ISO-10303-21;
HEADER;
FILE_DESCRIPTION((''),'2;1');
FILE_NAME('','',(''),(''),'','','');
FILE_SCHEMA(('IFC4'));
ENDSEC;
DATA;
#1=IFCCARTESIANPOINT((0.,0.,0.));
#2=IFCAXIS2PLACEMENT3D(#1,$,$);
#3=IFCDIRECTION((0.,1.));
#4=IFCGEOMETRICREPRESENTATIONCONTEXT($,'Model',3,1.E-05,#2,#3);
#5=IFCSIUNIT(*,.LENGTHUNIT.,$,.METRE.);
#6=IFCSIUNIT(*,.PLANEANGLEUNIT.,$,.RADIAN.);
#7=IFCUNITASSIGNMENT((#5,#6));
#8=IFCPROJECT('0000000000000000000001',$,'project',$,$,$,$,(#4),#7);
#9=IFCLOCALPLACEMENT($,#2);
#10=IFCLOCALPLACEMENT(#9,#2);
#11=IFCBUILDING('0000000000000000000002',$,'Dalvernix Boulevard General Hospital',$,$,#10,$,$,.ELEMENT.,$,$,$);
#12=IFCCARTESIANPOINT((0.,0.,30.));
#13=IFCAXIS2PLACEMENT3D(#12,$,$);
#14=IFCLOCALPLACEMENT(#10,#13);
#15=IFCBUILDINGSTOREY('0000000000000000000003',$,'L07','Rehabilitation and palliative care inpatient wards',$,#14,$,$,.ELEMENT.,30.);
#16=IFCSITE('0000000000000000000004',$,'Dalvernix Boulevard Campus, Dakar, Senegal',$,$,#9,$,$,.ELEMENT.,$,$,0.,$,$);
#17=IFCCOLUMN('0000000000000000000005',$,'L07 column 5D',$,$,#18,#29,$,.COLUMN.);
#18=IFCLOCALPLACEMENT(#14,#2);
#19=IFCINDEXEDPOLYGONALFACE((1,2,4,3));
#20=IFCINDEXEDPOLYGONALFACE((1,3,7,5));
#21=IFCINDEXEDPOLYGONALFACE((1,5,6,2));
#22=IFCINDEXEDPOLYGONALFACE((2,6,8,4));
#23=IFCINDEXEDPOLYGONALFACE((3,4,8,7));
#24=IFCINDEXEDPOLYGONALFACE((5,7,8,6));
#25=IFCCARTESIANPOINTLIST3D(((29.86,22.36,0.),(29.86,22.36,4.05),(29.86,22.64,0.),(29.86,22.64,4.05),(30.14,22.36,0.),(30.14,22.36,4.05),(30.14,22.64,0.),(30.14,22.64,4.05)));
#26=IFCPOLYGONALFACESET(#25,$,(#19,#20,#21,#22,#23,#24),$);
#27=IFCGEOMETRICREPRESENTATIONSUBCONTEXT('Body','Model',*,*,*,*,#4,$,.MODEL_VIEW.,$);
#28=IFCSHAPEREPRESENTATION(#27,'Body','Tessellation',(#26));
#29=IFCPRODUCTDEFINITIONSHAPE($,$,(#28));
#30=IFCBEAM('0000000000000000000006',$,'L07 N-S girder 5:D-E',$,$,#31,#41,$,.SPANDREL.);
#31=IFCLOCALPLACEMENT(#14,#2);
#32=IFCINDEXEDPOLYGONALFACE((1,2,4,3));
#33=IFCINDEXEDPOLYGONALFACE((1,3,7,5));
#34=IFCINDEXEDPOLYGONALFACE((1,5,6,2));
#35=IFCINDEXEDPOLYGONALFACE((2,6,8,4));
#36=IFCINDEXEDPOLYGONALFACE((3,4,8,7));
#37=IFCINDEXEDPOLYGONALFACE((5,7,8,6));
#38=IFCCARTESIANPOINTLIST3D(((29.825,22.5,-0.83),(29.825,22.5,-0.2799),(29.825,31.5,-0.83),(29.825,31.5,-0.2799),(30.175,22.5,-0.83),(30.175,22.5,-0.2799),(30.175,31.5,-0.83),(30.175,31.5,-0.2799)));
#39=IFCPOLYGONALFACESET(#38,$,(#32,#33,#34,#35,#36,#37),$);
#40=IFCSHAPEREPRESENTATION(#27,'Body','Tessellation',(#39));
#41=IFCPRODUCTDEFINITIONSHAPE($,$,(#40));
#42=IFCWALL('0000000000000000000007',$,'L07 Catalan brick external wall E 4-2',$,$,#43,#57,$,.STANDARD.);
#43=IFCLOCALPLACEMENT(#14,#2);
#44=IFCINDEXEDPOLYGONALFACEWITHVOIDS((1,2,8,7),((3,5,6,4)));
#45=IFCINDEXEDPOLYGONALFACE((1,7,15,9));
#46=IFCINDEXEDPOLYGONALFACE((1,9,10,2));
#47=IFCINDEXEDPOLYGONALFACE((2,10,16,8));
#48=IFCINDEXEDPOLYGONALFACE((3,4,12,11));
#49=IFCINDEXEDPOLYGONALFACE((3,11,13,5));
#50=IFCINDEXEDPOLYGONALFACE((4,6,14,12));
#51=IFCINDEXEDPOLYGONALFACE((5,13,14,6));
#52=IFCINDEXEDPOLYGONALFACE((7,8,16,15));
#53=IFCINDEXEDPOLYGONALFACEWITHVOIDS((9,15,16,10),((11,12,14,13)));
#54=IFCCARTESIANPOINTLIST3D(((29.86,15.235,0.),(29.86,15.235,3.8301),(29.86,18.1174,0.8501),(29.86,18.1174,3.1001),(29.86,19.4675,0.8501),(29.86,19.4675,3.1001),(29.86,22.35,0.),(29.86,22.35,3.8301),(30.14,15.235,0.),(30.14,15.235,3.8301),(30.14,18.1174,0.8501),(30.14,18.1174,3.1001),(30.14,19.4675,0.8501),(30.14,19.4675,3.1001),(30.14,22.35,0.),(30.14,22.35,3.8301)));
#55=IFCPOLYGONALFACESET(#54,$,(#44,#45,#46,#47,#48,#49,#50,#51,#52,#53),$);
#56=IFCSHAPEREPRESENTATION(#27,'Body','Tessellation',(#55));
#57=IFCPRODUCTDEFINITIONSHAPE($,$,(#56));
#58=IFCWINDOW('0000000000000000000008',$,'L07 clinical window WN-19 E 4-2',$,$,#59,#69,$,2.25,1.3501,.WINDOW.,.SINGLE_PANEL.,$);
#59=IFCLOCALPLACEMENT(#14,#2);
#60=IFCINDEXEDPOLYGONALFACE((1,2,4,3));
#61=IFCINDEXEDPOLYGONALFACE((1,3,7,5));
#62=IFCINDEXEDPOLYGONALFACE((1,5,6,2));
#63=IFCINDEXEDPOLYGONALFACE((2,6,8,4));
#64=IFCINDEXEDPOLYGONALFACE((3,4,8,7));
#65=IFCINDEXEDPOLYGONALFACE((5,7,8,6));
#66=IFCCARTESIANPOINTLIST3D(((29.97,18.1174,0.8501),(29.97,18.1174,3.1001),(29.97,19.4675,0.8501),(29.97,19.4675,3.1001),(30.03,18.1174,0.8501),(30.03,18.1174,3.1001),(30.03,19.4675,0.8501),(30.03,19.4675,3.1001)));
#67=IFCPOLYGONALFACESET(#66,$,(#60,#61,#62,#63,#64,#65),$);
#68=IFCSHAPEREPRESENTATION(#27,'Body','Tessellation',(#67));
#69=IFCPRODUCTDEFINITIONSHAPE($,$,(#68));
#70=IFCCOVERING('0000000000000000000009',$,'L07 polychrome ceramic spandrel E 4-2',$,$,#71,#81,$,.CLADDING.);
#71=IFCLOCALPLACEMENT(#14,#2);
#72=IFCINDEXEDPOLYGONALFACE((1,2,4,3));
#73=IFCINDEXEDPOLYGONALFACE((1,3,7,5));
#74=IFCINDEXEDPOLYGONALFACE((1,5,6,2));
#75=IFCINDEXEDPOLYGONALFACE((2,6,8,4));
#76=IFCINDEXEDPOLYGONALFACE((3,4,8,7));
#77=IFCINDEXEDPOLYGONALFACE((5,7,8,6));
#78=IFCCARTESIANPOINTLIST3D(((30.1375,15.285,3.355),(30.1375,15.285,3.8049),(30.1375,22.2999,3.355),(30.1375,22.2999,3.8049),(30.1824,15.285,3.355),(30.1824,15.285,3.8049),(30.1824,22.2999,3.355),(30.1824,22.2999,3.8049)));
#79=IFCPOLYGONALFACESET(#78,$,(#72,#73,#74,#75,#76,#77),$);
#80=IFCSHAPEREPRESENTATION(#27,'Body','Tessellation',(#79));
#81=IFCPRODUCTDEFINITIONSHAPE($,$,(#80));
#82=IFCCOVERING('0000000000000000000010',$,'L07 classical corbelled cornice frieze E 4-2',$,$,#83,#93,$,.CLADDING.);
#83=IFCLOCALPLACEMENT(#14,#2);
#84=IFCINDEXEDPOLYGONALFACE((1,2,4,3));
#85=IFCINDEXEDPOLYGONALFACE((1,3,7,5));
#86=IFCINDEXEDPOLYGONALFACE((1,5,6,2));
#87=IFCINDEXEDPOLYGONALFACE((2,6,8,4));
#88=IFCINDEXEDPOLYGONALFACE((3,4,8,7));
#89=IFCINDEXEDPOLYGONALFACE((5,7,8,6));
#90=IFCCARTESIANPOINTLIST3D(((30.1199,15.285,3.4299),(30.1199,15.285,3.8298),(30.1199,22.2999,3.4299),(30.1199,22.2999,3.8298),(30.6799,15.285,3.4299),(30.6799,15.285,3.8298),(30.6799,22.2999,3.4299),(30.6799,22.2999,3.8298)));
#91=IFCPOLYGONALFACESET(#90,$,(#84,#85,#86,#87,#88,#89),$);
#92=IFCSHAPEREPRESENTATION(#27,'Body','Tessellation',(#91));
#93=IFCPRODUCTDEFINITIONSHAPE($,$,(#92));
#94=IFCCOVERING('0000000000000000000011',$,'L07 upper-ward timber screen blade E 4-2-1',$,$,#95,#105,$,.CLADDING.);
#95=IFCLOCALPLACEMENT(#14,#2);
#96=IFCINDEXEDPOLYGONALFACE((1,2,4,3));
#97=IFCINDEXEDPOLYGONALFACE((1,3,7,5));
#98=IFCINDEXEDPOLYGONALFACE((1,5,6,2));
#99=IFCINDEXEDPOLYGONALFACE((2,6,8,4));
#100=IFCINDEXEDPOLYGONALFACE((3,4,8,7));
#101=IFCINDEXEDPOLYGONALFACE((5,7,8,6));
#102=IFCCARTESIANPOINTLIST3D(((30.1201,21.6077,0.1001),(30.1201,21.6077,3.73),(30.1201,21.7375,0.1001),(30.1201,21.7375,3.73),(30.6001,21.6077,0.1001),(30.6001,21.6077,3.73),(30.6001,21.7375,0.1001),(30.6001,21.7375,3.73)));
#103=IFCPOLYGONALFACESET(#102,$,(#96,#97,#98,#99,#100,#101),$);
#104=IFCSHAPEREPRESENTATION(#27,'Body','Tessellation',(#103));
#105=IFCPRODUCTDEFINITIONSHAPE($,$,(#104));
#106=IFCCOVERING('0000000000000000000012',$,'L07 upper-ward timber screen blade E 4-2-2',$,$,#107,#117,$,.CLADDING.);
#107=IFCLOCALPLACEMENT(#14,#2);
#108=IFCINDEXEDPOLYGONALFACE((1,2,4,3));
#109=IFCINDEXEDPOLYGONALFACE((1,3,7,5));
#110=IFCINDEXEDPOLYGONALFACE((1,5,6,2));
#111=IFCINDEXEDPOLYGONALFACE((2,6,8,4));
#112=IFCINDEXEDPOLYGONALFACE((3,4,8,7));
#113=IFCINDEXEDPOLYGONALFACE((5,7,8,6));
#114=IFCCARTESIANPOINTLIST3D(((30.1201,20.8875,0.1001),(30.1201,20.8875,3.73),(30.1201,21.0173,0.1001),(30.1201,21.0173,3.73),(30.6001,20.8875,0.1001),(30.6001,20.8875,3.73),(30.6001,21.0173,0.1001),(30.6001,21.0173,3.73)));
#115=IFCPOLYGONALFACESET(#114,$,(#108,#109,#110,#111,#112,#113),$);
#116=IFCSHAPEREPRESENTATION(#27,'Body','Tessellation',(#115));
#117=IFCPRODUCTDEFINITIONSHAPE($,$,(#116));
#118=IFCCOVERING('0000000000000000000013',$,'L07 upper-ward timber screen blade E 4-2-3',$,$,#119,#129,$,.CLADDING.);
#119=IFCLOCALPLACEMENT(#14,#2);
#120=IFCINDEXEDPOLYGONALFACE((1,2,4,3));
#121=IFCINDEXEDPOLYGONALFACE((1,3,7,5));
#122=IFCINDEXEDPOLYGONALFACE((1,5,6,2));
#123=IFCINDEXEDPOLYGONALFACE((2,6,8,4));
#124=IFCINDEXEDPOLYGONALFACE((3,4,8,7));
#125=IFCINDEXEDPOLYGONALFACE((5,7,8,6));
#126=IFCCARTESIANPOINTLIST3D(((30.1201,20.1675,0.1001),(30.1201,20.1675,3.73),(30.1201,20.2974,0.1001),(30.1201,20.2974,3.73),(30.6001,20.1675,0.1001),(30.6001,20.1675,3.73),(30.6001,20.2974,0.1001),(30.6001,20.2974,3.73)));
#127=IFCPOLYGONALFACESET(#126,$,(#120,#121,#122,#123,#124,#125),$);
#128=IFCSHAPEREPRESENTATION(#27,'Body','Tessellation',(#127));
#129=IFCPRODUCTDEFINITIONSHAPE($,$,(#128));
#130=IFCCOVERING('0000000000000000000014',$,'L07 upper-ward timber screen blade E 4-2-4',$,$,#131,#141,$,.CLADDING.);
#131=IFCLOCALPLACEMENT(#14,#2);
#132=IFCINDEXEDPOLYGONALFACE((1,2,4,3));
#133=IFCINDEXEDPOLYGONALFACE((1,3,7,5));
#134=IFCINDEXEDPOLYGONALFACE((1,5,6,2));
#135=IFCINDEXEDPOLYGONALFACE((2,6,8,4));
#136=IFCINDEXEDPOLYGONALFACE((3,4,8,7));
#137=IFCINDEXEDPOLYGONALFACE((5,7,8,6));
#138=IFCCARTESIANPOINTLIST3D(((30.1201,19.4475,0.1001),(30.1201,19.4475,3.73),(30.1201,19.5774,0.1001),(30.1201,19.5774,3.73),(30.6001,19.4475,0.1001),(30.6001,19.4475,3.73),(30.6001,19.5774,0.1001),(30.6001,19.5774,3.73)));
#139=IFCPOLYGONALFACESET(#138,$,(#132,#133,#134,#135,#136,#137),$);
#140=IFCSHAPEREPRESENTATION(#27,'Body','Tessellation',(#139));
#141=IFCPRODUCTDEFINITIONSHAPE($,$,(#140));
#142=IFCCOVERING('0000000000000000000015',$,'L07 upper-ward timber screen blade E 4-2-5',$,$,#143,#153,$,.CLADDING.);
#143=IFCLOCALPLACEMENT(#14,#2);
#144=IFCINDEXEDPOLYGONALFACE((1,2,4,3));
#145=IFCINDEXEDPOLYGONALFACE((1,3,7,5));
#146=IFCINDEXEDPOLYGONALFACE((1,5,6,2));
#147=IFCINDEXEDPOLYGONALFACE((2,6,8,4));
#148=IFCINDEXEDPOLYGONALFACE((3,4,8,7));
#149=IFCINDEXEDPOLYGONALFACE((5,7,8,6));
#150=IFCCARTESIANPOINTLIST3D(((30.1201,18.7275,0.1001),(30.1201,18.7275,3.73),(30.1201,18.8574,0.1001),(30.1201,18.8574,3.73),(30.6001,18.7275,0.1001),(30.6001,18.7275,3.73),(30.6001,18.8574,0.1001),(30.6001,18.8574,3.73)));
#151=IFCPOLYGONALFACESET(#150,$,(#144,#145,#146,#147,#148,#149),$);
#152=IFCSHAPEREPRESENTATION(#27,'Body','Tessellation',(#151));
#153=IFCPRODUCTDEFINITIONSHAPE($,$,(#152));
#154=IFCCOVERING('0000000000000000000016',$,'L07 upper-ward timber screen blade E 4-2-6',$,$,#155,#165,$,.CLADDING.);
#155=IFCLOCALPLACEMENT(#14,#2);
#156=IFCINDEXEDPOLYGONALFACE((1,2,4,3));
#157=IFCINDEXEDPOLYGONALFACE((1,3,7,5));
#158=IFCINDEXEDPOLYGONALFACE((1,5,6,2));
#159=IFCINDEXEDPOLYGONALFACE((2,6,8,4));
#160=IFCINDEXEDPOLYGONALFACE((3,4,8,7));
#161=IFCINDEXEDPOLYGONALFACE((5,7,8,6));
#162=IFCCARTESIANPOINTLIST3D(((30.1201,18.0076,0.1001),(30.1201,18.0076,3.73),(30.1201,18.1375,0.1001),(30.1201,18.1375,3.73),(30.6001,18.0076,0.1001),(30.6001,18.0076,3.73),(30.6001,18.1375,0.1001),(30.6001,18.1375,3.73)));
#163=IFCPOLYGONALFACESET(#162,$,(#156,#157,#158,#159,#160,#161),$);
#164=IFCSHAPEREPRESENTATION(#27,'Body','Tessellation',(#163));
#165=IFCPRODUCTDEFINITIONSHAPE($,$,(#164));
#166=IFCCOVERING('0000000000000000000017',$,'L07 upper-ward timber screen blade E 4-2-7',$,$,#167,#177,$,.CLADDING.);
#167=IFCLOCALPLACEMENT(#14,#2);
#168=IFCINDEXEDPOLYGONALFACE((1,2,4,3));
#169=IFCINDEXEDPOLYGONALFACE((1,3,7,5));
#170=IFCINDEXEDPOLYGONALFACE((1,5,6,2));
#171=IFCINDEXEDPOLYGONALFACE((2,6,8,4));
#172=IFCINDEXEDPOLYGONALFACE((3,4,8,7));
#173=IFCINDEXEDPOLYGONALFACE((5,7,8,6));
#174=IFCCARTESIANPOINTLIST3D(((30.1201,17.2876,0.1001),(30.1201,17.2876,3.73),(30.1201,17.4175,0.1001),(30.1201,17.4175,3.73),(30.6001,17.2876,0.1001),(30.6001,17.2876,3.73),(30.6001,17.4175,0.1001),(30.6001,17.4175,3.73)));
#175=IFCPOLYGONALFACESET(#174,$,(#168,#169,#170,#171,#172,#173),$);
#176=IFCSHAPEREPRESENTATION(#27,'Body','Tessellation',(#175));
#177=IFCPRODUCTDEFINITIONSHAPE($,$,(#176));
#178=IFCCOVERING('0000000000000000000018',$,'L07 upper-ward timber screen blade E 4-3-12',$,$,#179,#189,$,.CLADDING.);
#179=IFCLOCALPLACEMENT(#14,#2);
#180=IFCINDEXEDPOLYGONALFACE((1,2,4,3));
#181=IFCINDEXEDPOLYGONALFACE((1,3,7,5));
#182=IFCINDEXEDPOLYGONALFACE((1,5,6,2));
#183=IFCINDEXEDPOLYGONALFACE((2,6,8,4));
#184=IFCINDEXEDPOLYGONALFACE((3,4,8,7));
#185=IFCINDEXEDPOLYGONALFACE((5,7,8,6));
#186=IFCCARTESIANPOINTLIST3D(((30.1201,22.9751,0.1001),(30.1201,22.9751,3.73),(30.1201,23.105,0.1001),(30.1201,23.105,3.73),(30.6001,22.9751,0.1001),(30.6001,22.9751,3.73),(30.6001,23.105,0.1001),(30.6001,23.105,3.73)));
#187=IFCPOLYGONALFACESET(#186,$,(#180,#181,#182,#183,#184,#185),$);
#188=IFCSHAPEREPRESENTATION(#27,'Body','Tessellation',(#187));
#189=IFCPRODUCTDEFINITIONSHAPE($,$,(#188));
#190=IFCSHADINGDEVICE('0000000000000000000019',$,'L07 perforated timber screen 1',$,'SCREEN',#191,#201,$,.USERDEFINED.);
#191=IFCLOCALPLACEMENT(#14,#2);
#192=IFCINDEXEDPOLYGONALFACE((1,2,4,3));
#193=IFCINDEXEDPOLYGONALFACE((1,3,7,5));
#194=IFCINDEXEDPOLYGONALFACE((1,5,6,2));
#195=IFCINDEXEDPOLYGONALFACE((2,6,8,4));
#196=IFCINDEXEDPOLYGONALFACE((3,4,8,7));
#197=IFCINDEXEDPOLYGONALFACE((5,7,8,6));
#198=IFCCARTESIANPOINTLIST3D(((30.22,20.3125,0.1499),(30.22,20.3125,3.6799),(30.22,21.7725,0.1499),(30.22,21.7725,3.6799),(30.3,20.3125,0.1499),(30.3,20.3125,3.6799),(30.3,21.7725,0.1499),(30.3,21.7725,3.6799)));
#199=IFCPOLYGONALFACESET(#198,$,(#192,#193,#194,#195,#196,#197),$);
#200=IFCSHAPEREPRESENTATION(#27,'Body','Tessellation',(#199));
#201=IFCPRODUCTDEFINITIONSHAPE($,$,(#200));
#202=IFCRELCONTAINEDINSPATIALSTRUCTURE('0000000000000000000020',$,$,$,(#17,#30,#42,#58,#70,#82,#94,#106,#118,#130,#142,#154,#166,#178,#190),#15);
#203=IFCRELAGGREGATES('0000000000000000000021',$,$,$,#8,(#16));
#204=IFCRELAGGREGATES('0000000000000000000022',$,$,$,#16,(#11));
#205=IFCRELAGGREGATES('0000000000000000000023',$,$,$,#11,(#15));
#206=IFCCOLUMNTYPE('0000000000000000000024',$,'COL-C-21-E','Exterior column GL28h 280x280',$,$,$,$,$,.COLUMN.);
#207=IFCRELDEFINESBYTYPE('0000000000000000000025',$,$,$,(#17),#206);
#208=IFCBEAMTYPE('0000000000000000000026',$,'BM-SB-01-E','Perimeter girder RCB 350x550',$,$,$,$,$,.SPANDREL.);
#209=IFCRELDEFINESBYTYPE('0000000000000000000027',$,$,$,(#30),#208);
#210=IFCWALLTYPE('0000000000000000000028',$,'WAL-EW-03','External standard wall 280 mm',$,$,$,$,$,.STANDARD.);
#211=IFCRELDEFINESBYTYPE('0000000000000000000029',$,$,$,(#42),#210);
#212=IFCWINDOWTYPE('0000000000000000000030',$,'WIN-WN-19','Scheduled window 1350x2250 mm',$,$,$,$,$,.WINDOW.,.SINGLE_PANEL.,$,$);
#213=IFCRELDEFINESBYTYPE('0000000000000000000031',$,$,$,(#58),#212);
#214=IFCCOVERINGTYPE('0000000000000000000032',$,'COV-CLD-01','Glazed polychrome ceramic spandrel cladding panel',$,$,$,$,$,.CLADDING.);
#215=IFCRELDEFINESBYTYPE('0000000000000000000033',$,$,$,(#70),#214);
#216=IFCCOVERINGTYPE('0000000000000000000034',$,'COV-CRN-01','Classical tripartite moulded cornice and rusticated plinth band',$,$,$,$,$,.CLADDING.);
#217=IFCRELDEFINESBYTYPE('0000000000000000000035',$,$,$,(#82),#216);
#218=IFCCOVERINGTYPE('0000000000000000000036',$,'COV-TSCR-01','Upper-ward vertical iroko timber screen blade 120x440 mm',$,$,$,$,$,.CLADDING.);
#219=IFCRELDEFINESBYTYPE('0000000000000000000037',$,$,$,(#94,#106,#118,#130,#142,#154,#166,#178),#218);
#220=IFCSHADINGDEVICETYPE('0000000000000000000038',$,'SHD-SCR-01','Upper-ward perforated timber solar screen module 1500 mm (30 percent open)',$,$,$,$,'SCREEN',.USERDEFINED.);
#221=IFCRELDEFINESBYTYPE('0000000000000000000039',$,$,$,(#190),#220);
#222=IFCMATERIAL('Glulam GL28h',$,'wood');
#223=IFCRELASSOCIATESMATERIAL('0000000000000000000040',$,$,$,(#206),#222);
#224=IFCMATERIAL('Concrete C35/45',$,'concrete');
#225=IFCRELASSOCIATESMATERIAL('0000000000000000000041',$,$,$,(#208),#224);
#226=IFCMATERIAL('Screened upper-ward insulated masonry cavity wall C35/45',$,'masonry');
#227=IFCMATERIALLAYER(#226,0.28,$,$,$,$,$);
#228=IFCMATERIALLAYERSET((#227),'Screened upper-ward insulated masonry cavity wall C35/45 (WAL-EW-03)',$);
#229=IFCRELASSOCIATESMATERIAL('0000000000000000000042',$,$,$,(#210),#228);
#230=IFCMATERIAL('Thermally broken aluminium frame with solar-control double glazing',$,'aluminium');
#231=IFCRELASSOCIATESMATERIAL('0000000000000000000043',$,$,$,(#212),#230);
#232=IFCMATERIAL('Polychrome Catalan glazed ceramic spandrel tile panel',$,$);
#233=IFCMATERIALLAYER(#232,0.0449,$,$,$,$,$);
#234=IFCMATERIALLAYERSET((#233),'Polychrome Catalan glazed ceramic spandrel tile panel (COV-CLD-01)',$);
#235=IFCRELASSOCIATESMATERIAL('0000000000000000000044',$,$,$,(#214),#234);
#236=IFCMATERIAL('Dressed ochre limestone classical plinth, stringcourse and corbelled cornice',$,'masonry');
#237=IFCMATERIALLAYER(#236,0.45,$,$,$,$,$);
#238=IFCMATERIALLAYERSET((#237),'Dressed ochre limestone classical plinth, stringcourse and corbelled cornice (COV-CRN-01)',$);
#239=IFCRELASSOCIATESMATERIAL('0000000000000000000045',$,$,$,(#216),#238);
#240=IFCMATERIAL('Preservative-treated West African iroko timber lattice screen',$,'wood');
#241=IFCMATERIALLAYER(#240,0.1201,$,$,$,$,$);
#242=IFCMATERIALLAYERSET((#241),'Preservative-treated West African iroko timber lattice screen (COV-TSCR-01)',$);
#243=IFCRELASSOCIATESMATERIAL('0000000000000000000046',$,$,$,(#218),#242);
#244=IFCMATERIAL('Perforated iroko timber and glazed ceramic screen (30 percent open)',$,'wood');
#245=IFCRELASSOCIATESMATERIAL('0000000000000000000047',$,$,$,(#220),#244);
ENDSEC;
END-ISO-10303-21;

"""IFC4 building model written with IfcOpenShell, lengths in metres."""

from ifc_helpers import new_model, si_unit, direction, frame, frame_2d, origin, origin_2d, place, context, subcontext, project, spatial, rectangle, extrude, material, layer, layer_set, material_profile, profile_set, type_object, element, fill, save


model = new_model("IFC4")

# Units and contexts
model_context = context("Model", 3, precision=1e-05, world=origin(), true_north=direction((0.0, 1.0)))
body_context = subcontext(model_context, "Body", "Model", "MODEL_VIEW")
ifc_project = project(units=[si_unit("LENGTHUNIT", "METRE"), si_unit("PLANEANGLEUNIT", "RADIAN")], contexts=[model_context])

# Site, building, storey
site_placement = place(None, origin())
site = spatial("IfcSite", under=ifc_project, at=site_placement, Name="Dalvernix Boulevard Campus, Dakar, Senegal", CompositionType="ELEMENT", RefElevation=0.0)
building_placement = place(site_placement, origin())
building = spatial("IfcBuilding", under=site, at=building_placement, Name="Dalvernix Boulevard General Hospital", CompositionType="ELEMENT")
storey_placement = place(building_placement, frame((0.0, 0.0, 30.0)))
storey = spatial("IfcBuildingStorey", under=building, at=storey_placement, Name="L07", Description="Rehabilitation and palliative care inpatient wards", CompositionType="ELEMENT", Elevation=30.0)

# Column
ifc_material_1 = material(Name="Glulam GL28h", Category="wood")
ifc_material_profile_1 = material_profile(ifc_material_1, rectangle(XDim=0.28, YDim=0.28, at=origin_2d()), Name="GL28h 280x280")
ifc_profile_set_1 = profile_set([ifc_material_profile_1], Name="Glulam GL28h")
column_type = type_object("IfcColumnType", Name="COL-C-21-E", Description="Exterior column GL28h 280x280", PredefinedType="COLUMN", material=ifc_profile_set_1)
column_placement = place(storey_placement, frame((30.0, 22.5, 0.0), z_axis=(0.0, 0.0, 1.0), x_axis=(1.0, 0.0, 0.0)))
element("IfcColumn", 1, at=column_placement, inside=storey, type_object=column_type, Name="L07 column 5D", PredefinedType="COLUMN", context=body_context, shape_type="SweptSolid", body=[
    extrude(rectangle(XDim=0.28, YDim=0.28, at=origin_2d()), origin(), (0.0, 0.0, 1.0), 4.05),
])

# Beam
ifc_material_2 = material(Name="Concrete C35/45", Category="concrete")
ifc_material_profile_2 = material_profile(ifc_material_2, rectangle(XDim=0.3501, YDim=0.55, at=origin_2d()), Name="RCB 350x550")
ifc_profile_set_2 = profile_set([ifc_material_profile_2], Name="Concrete C35/45")
beam_type = type_object("IfcBeamType", Name="BM-SB-01-E", Description="Perimeter girder RCB 350x550", PredefinedType="SPANDREL", material=ifc_profile_set_2)
beam_placement = place(storey_placement, frame((30.0, 22.5, -0.5549), z_axis=(0.0, 1.0, 0.0), x_axis=(-1.0, 0.0, 0.0)))
element("IfcBeam", 2, at=beam_placement, inside=storey, type_object=beam_type, Name="L07 N-S girder 5:D-E", PredefinedType="SPANDREL", context=body_context, shape_type="SweptSolid", body=[
    extrude(rectangle(XDim=0.3501, YDim=0.55, at=origin_2d()), origin(), (0.0, 0.0, 1.0), 9.0),
])

# Wall, opening, window
ifc_material_3 = material(Name="Screened upper-ward insulated masonry cavity wall C35/45", Category="masonry")
ifc_layer_1 = layer(ifc_material_3, 0.28)
ifc_layer_set_1 = layer_set([ifc_layer_1], Name="Screened upper-ward insulated masonry cavity wall C35/45 (WAL-EW-03)")
wall_type = type_object("IfcWallType", Name="WAL-EW-03", Description="External standard wall 280 mm", PredefinedType="STANDARD", material=ifc_layer_set_1)
wall_placement = place(storey_placement, frame((30.0, 22.3501, 0.0), z_axis=(0.0, 0.0, 1.0), x_axis=(0.0, -1.0, 0.0)))
wall = element("IfcWall", 3, at=wall_placement, inside=storey, type_object=wall_type, Name="L07 Catalan brick external wall E 4-2", PredefinedType="STANDARD", context=body_context, shape_type="SweptSolid", body=[
    extrude(rectangle(XDim=7.115, YDim=0.28, at=frame_2d((3.5576, 0.0))), origin(), (0.0, 0.0, 1.0), 3.8301),
])
opening_placement = place(wall_placement, frame((2.8826, 0.0, 0.8501)))
opening = element("IfcOpeningElement", 4, at=opening_placement, cuts=wall, PredefinedType="OPENING", context=body_context, shape_type="SweptSolid", body=[
    extrude(rectangle(XDim=1.3501, YDim=2.25, at=frame_2d((0.675, 1.125))), frame((0.0, 0.1499, 0.0), z_axis=(0.0, -1.0, 0.0), x_axis=(1.0, 0.0, 0.0)), (0.0, 0.0, 1.0), 0.3),
])
ifc_material_4 = material(Name="Thermally broken aluminium frame with solar-control double glazing", Category="aluminium")
window_type = type_object("IfcWindowType", Name="WIN-WN-19", Description="Scheduled window 1350x2250 mm", PartitioningType="SINGLE_PANEL", PredefinedType="WINDOW", material=ifc_material_4)
window_placement = place(opening_placement, origin())
window = element("IfcWindow", 5, at=window_placement, inside=storey, type_object=window_type, Name="L07 clinical window WN-19 E 4-2", OverallHeight=2.25, OverallWidth=1.3501, PartitioningType="SINGLE_PANEL", PredefinedType="WINDOW", context=body_context, shape_type="SweptSolid", body=[
    extrude(rectangle(XDim=1.3501, YDim=2.25, at=frame_2d((0.675, 1.125))), frame((0.0, 0.03, 0.0), z_axis=(0.0, -1.0, 0.0), x_axis=(1.0, 0.0, 0.0)), (0.0, 0.0, 1.0), 0.0601),
])
fill(opening, window)

# Coverings
ifc_material_5 = material(Name="Polychrome Catalan glazed ceramic spandrel tile panel")
ifc_layer_2 = layer(ifc_material_5, 0.0449)
ifc_layer_set_2 = layer_set([ifc_layer_2], Name="Polychrome Catalan glazed ceramic spandrel tile panel (COV-CLD-01)")
covering_type_1 = type_object("IfcCoveringType", Name="COV-CLD-01", Description="Glazed polychrome ceramic spandrel cladding panel", PredefinedType="CLADDING", material=ifc_layer_set_2)
covering_1_placement = place(storey_placement, frame((30.1599, 18.7925, 3.355), z_axis=(0.0, 0.0, 1.0), x_axis=(0.0, -1.0, 0.0)))
element("IfcCovering", 6, at=covering_1_placement, inside=storey, type_object=covering_type_1, Name="L07 polychrome ceramic spandrel E 4-2", PredefinedType="CLADDING", context=body_context, shape_type="SweptSolid", body=[
    extrude(rectangle(XDim=7.0149, YDim=0.0449, at=origin_2d()), origin(), (0.0, 0.0, 1.0), 0.45),
])
ifc_material_6 = material(Name="Dressed ochre limestone classical plinth, stringcourse and corbelled cornice", Category="masonry")
ifc_layer_3 = layer(ifc_material_6, 0.45)
ifc_layer_set_3 = layer_set([ifc_layer_3], Name="Dressed ochre limestone classical plinth, stringcourse and corbelled cornice (COV-CRN-01)")
covering_type_2 = type_object("IfcCoveringType", Name="COV-CRN-01", Description="Classical tripartite moulded cornice and rusticated plinth band", PredefinedType="CLADDING", material=ifc_layer_set_3)
covering_2_placement = place(storey_placement, frame((30.3999, 18.7925, 3.4299), z_axis=(0.0, 0.0, 1.0), x_axis=(0.0, -1.0, 0.0)))
element("IfcCovering", 7, at=covering_2_placement, inside=storey, type_object=covering_type_2, Name="L07 classical corbelled cornice frieze E 4-2", PredefinedType="CLADDING", context=body_context, shape_type="SweptSolid", body=[
    extrude(rectangle(XDim=7.0149, YDim=0.5601, at=origin_2d()), origin(), (0.0, 0.0, 1.0), 0.3999),
])
ifc_material_7 = material(Name="Preservative-treated West African iroko timber lattice screen", Category="wood")
ifc_layer_4 = layer(ifc_material_7, 0.1201)
ifc_layer_set_4 = layer_set([ifc_layer_4], Name="Preservative-treated West African iroko timber lattice screen (COV-TSCR-01)")
covering_type_3 = type_object("IfcCoveringType", Name="COV-TSCR-01", Description="Upper-ward vertical iroko timber screen blade 120x440 mm", PredefinedType="CLADDING", material=ifc_layer_set_4)
for number, where, z_axis, x_axis, name in (
    (8, (30.3601, 21.6726, 0.1001), (0.0, 0.0, 1.0), (0.0, -1.0, 0.0), "L07 upper-ward timber screen blade E 4-2-1"),
    (9, (30.3601, 20.9524, 0.1001), (0.0, 0.0, 1.0), (0.0, -1.0, 0.0), "L07 upper-ward timber screen blade E 4-2-2"),
    (10, (30.3601, 20.2324, 0.1001), (0.0, 0.0, 1.0), (0.0, -1.0, 0.0), "L07 upper-ward timber screen blade E 4-2-3"),
    (11, (30.3601, 19.5125, 0.1001), (0.0, 0.0, 1.0), (0.0, -1.0, 0.0), "L07 upper-ward timber screen blade E 4-2-4"),
    (12, (30.3601, 18.7925, 0.1001), (0.0, 0.0, 1.0), (0.0, -1.0, 0.0), "L07 upper-ward timber screen blade E 4-2-5"),
    (13, (30.3601, 18.0725, 0.1001), (0.0, 0.0, 1.0), (0.0, -1.0, 0.0), "L07 upper-ward timber screen blade E 4-2-6"),
    (14, (30.3601, 17.3525, 0.1001), (0.0, 0.0, 1.0), (0.0, -1.0, 0.0), "L07 upper-ward timber screen blade E 4-2-7"),
    (15, (30.3601, 23.04, 0.1001), (0.0, 0.0, 1.0), (0.0, -1.0, 0.0), "L07 upper-ward timber screen blade E 4-3-12"),
):
    element("IfcCovering", number, at=place(storey_placement, frame(where, z_axis=z_axis, x_axis=x_axis)), inside=storey, type_object=covering_type_3, Name=name, PredefinedType="CLADDING", context=body_context, shape_type="SweptSolid", body=[
        extrude(rectangle(XDim=0.1299, YDim=0.48, at=origin_2d()), origin(), (0.0, 0.0, 1.0), 3.6299),
    ])

# Shading device
ifc_material_8 = material(Name="Perforated iroko timber and glazed ceramic screen (30 percent open)", Category="wood")
shading_device_type = type_object("IfcShadingDeviceType", Name="SHD-SCR-01", Description="Upper-ward perforated timber solar screen module 1500 mm (30 percent open)", ElementType="SCREEN", PredefinedType="USERDEFINED", material=ifc_material_8)
for number, where, z_axis, x_axis, name in (
    (16, (30.26, 21.0425, 0.1499), (0.0, 0.0, 1.0), (0.0, -1.0, 0.0), "L07 perforated timber screen 1"),
):
    element("IfcShadingDevice", number, at=place(storey_placement, frame(where, z_axis=z_axis, x_axis=x_axis)), inside=storey, type_object=shading_device_type, Name=name, ObjectType="SCREEN", PredefinedType="USERDEFINED", context=body_context, shape_type="SweptSolid", body=[
        extrude(rectangle(XDim=1.46, YDim=0.0801, at=origin_2d()), origin(), (0.0, 0.0, 1.0), 3.53),
    ])

save(model, "model.ifc")
